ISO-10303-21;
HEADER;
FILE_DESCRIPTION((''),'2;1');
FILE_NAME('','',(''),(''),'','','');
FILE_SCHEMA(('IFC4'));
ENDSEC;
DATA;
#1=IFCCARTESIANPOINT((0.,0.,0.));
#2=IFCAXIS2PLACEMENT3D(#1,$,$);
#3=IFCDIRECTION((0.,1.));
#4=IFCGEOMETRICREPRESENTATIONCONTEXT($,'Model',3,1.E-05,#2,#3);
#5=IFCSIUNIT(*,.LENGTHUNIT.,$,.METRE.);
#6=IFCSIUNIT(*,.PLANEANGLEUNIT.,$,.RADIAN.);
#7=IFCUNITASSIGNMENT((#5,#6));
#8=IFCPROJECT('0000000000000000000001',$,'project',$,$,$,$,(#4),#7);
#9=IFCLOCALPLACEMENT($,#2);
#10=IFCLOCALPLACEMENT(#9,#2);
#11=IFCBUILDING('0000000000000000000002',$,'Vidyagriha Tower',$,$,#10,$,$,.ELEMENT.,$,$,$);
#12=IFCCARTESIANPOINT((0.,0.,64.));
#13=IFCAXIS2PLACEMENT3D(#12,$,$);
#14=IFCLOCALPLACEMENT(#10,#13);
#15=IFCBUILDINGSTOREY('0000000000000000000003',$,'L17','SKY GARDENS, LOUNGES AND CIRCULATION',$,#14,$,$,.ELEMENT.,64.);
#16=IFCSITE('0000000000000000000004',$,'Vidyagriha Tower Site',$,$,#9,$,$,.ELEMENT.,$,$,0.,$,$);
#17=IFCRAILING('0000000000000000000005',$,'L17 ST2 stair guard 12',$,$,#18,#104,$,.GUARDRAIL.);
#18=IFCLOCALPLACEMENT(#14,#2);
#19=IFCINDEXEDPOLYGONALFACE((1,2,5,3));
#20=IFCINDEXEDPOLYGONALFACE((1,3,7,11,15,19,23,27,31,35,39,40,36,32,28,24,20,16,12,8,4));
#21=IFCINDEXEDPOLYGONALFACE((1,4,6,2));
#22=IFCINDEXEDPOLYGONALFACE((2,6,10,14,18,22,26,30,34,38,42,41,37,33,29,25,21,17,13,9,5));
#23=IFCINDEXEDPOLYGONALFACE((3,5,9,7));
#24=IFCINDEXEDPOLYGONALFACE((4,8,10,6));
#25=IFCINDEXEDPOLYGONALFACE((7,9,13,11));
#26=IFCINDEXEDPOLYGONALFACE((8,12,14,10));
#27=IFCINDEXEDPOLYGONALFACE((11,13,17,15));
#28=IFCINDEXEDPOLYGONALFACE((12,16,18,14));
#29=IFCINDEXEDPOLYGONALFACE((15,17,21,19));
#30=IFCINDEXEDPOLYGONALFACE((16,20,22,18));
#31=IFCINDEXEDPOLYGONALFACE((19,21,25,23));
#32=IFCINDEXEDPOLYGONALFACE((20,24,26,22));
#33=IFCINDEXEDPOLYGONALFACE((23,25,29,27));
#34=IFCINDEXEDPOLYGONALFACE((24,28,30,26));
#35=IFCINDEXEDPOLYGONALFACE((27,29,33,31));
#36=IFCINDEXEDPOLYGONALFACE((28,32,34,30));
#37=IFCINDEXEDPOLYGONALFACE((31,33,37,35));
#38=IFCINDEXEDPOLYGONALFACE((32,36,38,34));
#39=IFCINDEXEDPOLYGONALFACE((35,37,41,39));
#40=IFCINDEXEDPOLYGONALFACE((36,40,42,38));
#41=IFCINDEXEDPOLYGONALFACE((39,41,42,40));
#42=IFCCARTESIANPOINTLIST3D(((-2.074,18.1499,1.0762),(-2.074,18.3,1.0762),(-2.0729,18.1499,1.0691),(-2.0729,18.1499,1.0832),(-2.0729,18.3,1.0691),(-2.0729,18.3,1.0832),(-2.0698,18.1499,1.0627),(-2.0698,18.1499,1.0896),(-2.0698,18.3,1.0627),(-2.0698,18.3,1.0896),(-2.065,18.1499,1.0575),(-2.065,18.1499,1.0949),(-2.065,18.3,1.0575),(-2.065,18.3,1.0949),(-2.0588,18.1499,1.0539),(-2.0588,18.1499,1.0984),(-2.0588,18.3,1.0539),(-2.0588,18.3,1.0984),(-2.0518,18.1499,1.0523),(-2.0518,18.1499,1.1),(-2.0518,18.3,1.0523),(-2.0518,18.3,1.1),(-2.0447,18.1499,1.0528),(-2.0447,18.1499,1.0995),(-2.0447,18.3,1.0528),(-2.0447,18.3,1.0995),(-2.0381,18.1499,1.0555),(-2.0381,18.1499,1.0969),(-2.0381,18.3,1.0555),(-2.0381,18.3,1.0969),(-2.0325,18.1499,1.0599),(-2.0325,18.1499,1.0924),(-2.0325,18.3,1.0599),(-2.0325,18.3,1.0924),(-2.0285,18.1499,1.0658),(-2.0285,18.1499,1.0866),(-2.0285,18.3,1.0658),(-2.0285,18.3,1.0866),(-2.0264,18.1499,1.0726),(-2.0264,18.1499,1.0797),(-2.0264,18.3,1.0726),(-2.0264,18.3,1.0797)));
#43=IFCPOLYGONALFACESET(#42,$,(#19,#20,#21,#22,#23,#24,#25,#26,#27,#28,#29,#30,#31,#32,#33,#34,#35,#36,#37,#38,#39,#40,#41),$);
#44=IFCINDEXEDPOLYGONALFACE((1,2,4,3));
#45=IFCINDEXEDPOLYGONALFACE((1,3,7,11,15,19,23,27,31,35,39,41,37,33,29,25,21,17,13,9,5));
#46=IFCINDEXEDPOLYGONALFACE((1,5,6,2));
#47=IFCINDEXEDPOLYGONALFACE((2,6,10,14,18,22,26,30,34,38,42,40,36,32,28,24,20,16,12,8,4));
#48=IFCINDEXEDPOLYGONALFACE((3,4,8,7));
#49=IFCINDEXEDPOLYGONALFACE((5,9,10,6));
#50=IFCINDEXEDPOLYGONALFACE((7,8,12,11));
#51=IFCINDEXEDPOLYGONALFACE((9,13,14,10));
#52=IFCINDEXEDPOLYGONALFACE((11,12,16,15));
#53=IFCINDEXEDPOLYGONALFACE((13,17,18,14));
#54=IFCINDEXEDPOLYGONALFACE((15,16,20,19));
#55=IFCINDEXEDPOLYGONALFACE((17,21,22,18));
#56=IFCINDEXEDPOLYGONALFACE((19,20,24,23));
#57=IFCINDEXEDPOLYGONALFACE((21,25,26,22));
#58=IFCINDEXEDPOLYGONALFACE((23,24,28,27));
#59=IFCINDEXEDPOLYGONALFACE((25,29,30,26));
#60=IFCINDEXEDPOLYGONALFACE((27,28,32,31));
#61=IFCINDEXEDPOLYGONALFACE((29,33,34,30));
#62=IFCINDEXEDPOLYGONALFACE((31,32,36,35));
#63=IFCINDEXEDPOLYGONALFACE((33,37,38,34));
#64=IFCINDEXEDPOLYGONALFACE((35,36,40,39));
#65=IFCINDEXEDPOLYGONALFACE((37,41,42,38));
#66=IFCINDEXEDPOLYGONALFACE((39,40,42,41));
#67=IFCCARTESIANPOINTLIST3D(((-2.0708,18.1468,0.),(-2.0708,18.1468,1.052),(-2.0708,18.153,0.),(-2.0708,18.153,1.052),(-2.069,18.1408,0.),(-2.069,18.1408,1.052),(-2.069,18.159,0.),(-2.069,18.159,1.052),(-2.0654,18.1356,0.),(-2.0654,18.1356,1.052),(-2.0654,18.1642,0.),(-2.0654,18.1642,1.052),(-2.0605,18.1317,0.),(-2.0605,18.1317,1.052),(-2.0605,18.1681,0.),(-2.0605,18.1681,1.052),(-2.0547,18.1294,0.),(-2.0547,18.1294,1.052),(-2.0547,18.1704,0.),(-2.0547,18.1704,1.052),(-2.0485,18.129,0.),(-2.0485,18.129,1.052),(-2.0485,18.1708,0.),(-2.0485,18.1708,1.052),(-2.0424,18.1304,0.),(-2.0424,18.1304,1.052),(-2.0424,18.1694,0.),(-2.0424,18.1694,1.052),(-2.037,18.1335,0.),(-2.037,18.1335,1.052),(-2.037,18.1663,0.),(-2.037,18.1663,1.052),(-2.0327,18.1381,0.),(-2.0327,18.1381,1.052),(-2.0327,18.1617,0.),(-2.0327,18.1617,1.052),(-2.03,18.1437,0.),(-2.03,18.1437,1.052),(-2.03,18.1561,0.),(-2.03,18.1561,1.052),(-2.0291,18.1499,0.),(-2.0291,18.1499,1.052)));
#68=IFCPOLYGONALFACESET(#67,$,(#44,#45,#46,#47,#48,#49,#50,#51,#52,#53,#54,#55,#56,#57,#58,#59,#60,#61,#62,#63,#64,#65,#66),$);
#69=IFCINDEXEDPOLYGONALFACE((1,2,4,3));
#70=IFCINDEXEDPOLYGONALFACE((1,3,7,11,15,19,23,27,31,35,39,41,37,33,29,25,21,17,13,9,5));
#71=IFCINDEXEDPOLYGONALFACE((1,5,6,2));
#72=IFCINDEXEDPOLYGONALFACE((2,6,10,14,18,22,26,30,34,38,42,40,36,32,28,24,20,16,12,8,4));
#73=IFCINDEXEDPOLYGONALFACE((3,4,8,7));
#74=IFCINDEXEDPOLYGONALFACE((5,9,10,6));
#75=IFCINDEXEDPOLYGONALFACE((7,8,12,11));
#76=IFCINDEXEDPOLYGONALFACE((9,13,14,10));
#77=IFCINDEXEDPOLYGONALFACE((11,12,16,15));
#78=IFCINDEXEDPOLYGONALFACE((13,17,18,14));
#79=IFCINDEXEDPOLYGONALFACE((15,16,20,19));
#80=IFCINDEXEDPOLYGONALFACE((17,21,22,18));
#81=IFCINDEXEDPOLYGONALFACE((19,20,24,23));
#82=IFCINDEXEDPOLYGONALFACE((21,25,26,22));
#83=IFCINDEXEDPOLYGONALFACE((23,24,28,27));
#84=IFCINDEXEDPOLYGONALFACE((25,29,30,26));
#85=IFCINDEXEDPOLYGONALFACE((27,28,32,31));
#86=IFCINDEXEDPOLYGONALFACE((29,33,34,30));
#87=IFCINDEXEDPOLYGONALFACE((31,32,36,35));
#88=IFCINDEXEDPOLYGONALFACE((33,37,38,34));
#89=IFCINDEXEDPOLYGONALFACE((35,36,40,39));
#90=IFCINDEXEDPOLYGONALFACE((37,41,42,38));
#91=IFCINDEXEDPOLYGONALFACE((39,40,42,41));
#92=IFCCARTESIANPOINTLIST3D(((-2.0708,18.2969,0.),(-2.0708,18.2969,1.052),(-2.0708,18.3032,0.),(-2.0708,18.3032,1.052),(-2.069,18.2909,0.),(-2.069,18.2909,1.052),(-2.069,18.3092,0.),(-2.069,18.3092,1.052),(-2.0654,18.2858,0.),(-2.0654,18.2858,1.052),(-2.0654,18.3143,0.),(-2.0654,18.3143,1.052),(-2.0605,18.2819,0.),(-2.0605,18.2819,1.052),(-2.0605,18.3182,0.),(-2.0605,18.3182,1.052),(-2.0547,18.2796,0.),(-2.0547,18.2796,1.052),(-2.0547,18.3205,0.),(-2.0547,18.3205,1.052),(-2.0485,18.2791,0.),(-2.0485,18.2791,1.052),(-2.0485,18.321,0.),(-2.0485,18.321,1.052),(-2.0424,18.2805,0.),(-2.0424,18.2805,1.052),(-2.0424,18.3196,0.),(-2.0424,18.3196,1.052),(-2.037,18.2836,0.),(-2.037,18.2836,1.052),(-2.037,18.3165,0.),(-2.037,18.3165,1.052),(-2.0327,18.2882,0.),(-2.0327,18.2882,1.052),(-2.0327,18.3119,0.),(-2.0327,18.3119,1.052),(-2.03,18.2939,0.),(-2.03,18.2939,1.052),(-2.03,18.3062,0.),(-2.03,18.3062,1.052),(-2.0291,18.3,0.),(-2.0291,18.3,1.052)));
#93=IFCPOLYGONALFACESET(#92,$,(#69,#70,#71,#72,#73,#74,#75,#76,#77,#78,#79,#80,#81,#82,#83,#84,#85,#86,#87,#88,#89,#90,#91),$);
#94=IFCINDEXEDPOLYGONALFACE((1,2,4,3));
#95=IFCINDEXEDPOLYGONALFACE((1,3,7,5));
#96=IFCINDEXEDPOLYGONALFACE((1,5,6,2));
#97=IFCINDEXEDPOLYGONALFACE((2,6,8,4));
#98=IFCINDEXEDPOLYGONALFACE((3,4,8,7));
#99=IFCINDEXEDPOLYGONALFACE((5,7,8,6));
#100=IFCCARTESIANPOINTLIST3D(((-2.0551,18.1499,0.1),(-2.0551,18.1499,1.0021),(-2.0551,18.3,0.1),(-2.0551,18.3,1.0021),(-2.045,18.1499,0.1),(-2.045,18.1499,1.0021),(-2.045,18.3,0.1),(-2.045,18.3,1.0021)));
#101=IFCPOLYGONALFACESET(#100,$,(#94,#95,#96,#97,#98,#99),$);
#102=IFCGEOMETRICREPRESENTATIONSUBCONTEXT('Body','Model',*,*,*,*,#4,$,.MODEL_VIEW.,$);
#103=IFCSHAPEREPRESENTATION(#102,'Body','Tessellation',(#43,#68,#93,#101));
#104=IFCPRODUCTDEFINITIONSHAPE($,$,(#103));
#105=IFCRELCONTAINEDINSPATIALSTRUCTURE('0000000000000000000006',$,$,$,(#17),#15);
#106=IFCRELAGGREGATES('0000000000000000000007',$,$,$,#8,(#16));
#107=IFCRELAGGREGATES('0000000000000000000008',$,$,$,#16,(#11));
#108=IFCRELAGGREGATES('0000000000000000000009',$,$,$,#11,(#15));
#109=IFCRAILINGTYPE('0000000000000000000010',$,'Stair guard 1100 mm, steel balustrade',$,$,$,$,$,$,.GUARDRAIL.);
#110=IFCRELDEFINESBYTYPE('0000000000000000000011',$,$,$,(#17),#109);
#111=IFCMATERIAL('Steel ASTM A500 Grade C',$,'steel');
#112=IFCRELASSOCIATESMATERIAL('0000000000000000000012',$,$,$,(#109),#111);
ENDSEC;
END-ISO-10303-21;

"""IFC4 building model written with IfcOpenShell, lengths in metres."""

from ifc_helpers import new_model, si_unit, direction, frame, origin, origin_2d, place, context, subcontext, project, spatial, rectangle, circle, extrude, material, type_object, element, save


model = new_model("IFC4")

# Units and contexts
model_context = context("Model", 3, precision=1e-05, world=origin(), true_north=direction((0.0, 1.0)))
body_context = subcontext(model_context, "Body", "Model", "MODEL_VIEW")
ifc_project = project(units=[si_unit("LENGTHUNIT", "METRE"), si_unit("PLANEANGLEUNIT", "RADIAN")], contexts=[model_context])

# Site, building, storey
site_placement = place(None, origin())
site = spatial("IfcSite", under=ifc_project, at=site_placement, Name="Vidyagriha Tower Site", CompositionType="ELEMENT", RefElevation=0.0)
building_placement = place(site_placement, origin())
building = spatial("IfcBuilding", under=site, at=building_placement, Name="Vidyagriha Tower", CompositionType="ELEMENT")
storey_placement = place(building_placement, frame((0.0, 0.0, 64.0)))
storey = spatial("IfcBuildingStorey", under=building, at=storey_placement, Name="L17", Description="SKY GARDENS, LOUNGES AND CIRCULATION", CompositionType="ELEMENT", Elevation=64.0)

# Railing
ifc_material_1 = material(Name="Steel ASTM A500 Grade C", Category="steel")
railing_type_1 = type_object("IfcRailingType", Name="Stair guard 1100 mm, steel balustrade", PredefinedType="GUARDRAIL", material=ifc_material_1)
railing_1_placement = place(storey_placement, frame((-2.05, 18.1499, 0.0)))
element("IfcRailing", 1, at=railing_1_placement, inside=storey, type_object=railing_type_1, Name="L17 ST2 stair guard 12", PredefinedType="GUARDRAIL", context=body_context, shape_type="SweptSolid", body=[
    extrude(circle(Radius=0.0239, at=origin_2d()), frame((0.0, 0.0, 1.0762), z_axis=(0.0, 1.0, 0.0), x_axis=(-1.0, 0.0, 0.0)), (0.0, 0.0, 1.0), 0.1501),
    extrude(circle(Radius=0.021, at=origin_2d()), origin(), (0.0, 0.0, 1.0), 1.052),
    extrude(circle(Radius=0.021, at=origin_2d()), frame((0.0, 0.1501, 0.0)), (0.0, 0.0, 1.0), 1.052),
    extrude(rectangle(XDim=0.01, YDim=0.9021, at=origin_2d()), frame((0.0, 0.0, 0.551), z_axis=(0.0, 1.0, 0.0), x_axis=(-1.0, 0.0, 0.0)), (0.0, 0.0, 1.0), 0.1501),
])

save(model, "model.ifc")
